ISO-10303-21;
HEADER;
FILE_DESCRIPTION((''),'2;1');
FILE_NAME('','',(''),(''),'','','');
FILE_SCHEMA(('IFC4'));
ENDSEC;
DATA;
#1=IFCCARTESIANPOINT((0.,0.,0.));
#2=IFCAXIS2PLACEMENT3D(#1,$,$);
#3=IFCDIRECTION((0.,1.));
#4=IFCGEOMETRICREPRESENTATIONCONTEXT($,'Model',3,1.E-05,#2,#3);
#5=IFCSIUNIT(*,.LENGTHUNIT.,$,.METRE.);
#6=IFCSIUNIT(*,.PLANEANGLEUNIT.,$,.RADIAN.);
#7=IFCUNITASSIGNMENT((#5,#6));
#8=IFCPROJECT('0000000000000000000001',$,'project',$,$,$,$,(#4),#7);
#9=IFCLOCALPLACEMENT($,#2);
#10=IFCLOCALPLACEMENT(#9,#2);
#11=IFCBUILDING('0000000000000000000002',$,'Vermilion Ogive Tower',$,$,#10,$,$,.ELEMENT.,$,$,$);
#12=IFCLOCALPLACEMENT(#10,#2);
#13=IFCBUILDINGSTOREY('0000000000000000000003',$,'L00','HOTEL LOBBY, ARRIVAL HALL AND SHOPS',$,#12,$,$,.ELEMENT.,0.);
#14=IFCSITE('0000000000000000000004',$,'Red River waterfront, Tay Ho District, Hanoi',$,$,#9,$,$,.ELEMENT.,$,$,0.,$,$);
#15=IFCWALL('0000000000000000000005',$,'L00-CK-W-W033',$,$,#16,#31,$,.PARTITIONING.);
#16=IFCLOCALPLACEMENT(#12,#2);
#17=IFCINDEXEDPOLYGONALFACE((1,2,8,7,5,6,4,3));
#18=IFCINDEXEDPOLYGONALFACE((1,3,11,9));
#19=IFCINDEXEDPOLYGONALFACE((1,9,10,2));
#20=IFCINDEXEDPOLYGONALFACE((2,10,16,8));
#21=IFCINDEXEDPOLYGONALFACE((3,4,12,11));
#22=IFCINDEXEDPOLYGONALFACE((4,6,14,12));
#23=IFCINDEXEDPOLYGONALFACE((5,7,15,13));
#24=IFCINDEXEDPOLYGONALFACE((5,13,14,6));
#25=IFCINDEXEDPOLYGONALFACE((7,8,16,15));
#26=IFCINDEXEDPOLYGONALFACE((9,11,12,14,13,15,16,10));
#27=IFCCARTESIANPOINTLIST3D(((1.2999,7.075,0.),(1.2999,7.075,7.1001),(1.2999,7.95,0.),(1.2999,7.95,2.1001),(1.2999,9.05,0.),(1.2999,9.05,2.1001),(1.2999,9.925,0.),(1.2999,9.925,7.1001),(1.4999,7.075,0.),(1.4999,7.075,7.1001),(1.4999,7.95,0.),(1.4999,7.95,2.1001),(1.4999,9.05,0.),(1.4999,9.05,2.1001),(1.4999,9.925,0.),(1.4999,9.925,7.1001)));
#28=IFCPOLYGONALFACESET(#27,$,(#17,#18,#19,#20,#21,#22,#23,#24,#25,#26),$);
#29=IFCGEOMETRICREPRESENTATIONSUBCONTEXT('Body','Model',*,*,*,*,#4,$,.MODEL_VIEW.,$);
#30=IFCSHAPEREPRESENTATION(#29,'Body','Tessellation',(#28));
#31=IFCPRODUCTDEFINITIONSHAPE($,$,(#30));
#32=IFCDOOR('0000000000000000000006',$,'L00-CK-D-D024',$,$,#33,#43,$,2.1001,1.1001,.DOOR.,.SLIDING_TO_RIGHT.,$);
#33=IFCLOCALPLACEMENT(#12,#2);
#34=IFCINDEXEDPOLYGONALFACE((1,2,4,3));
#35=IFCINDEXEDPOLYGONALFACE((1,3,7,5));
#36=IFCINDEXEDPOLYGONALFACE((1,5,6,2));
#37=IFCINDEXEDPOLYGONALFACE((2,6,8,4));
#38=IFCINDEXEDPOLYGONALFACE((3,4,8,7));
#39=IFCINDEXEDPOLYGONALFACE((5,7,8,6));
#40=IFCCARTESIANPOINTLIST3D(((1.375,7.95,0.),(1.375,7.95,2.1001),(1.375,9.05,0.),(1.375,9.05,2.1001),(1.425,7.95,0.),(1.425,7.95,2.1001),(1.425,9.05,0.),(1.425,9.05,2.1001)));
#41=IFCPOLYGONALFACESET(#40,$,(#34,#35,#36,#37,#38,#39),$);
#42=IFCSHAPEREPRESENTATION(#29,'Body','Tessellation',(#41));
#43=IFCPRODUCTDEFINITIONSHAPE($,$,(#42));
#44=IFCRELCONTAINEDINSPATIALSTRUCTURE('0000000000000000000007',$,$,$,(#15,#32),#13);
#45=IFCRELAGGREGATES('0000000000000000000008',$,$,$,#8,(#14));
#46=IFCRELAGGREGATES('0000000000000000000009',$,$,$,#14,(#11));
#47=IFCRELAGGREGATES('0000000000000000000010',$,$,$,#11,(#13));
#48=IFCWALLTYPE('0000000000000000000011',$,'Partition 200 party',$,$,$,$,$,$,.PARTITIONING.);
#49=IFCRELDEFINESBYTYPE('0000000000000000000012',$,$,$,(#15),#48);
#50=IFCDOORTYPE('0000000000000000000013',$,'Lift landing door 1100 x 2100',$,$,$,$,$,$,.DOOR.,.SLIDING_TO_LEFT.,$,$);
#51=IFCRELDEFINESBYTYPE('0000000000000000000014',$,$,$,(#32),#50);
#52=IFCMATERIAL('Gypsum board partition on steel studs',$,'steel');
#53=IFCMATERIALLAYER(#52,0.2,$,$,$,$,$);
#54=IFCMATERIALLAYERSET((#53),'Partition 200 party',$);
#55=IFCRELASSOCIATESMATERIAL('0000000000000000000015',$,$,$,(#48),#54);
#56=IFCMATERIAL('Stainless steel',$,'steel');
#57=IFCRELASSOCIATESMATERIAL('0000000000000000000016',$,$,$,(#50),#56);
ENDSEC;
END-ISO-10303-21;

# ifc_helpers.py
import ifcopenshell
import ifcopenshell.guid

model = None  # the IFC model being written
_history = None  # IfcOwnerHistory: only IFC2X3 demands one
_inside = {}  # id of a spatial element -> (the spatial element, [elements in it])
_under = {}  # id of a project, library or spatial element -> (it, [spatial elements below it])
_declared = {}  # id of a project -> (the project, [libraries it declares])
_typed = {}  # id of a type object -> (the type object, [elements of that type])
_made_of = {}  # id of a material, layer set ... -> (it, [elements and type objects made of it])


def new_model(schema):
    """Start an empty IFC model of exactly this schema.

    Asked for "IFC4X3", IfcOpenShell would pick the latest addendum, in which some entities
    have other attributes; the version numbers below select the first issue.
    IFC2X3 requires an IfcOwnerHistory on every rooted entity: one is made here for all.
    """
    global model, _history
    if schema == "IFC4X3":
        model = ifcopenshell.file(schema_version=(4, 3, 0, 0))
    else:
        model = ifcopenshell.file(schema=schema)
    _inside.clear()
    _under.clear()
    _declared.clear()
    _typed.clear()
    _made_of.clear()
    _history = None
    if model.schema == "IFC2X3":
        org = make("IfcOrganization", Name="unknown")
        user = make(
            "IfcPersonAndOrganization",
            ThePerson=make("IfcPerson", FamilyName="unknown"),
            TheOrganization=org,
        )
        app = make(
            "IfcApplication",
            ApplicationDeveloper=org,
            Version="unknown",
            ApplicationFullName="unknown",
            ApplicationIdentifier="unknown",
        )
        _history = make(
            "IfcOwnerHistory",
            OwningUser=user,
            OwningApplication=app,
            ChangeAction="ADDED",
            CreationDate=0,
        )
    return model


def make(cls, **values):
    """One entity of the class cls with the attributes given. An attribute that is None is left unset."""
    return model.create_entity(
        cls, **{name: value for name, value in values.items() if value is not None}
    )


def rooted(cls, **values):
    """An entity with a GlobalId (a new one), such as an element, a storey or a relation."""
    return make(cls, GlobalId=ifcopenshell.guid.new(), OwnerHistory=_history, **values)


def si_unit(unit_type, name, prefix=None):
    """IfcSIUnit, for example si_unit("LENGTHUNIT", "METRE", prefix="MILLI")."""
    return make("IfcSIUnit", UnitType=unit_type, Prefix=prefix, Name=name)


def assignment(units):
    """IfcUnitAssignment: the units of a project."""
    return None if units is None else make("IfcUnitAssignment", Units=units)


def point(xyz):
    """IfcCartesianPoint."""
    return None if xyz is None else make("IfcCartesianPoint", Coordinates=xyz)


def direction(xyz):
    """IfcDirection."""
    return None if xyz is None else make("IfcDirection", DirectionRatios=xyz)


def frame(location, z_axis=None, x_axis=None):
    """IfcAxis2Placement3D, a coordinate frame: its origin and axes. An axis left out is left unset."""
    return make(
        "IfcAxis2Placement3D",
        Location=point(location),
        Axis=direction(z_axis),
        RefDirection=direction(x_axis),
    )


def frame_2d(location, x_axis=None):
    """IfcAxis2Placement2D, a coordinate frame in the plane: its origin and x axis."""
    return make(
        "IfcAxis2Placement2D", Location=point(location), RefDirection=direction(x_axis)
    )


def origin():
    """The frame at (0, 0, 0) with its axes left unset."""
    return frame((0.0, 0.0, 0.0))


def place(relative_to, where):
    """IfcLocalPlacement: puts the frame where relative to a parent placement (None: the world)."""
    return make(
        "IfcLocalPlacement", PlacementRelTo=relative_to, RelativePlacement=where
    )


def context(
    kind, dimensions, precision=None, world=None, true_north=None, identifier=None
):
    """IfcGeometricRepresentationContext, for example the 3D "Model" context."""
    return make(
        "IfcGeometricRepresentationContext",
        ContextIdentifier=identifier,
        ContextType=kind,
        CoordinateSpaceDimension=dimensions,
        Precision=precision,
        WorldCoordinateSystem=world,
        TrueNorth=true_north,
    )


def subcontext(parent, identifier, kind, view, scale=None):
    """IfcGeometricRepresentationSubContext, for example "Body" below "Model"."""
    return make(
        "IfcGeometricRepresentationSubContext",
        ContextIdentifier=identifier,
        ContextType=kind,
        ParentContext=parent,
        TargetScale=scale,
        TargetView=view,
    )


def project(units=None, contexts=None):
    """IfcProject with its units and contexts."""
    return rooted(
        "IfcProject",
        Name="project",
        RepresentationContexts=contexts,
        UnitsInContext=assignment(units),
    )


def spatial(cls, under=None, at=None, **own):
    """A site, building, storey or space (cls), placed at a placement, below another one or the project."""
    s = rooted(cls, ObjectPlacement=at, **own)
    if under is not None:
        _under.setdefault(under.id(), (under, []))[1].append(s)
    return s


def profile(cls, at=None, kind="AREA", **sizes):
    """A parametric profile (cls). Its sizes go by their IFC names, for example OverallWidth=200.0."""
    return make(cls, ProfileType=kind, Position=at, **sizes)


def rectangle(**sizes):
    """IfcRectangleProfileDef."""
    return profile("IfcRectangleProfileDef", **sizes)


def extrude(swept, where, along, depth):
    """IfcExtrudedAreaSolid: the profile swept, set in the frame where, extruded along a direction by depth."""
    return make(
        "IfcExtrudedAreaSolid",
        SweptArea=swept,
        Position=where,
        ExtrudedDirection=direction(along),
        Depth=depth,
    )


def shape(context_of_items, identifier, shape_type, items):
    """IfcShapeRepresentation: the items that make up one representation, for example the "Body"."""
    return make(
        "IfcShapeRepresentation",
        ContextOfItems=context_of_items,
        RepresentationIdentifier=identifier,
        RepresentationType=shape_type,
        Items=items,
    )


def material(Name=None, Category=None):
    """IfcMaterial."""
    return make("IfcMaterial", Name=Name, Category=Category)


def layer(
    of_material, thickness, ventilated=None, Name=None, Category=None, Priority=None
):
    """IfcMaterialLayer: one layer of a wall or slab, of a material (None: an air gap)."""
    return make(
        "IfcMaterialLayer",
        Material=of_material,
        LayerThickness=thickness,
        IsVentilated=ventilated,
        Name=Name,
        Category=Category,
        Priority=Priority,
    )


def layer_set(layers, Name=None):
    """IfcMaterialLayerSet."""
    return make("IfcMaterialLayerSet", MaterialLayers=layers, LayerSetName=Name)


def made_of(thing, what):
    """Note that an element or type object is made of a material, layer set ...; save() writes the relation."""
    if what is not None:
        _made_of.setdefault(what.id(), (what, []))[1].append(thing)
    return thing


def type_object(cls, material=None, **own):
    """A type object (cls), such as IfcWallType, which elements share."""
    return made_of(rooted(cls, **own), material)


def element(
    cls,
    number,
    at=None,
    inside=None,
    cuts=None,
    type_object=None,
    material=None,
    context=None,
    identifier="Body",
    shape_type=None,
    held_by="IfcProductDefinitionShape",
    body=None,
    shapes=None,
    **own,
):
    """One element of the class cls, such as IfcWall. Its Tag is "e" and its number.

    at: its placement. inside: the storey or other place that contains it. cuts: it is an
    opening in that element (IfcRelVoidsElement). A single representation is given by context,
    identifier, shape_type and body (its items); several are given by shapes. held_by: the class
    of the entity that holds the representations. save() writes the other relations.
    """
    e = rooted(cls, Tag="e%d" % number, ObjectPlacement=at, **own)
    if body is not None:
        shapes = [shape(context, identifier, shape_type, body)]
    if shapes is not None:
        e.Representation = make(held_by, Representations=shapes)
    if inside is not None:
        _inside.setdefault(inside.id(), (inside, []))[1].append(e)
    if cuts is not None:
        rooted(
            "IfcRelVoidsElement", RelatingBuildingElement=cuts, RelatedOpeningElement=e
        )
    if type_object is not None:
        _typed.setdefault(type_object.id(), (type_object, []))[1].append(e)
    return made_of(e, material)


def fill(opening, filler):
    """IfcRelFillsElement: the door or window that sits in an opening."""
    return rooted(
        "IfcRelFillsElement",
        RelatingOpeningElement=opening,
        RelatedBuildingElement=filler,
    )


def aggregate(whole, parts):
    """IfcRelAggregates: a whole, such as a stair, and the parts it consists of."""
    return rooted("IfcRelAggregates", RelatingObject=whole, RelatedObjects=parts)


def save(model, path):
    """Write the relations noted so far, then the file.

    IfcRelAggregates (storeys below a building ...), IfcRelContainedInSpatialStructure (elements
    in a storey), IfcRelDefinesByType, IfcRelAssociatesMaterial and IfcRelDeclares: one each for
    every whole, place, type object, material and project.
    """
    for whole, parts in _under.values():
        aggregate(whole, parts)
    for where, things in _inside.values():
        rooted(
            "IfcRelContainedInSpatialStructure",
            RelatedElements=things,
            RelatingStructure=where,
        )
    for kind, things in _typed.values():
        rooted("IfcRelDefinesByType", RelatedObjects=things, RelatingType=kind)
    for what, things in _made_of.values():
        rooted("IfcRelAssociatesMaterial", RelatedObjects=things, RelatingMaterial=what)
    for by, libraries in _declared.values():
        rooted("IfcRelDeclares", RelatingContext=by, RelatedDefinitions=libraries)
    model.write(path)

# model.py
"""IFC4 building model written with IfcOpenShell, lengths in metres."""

from ifc_helpers import new_model, si_unit, direction, frame, frame_2d, origin, place, context, subcontext, project, spatial, rectangle, extrude, material, layer, layer_set, type_object, element, fill, save


model = new_model("IFC4")

# Units and contexts
model_context = context("Model", 3, precision=1e-05, world=origin(), true_north=direction((0.0, 1.0)))
body_context = subcontext(model_context, "Body", "Model", "MODEL_VIEW")
ifc_project = project(units=[si_unit("LENGTHUNIT", "METRE"), si_unit("PLANEANGLEUNIT", "RADIAN")], contexts=[model_context])

# Site, building, storey
site_placement = place(None, origin())
site = spatial("IfcSite", under=ifc_project, at=site_placement, Name="Red River waterfront, Tay Ho District, Hanoi", CompositionType="ELEMENT", RefElevation=0.0)
building_placement = place(site_placement, origin())
building = spatial("IfcBuilding", under=site, at=building_placement, Name="Vermilion Ogive Tower", CompositionType="ELEMENT")
storey_placement = place(building_placement, origin())
storey = spatial("IfcBuildingStorey", under=building, at=storey_placement, Name="L00", Description="HOTEL LOBBY, ARRIVAL HALL AND SHOPS", CompositionType="ELEMENT", Elevation=0.0)

# Shared definitions
ifc_material_1 = material(Name="Gypsum board partition on steel studs", Category="steel")
ifc_layer_1 = layer(ifc_material_1, 0.2)
ifc_layer_set_1 = layer_set([ifc_layer_1], Name="Partition 200 party")
wall_type_1 = type_object("IfcWallType", Name="Partition 200 party", PredefinedType="PARTITIONING", material=ifc_layer_set_1)

# Wall, opening, door
ifc_material_2 = material(Name="Stainless steel", Category="steel")
door_type = type_object("IfcDoorType", Name="Lift landing door 1100 x 2100", OperationType="SLIDING_TO_LEFT", PredefinedType="DOOR", material=ifc_material_2)
wall_1_placement = place(storey_placement, frame((1.3999, 7.075, 0.0), z_axis=(0.0, 0.0, 1.0), x_axis=(0.0, 1.0, 0.0)))
wall_1 = element("IfcWall", 1, at=wall_1_placement, inside=storey, type_object=wall_type_1, Name="L00-CK-W-W033", PredefinedType="PARTITIONING", context=body_context, shape_type="SweptSolid", body=[
    extrude(rectangle(XDim=2.8501, YDim=0.2, at=frame_2d((1.425, 0.0))), origin(), (0.0, 0.0, 1.0), 7.1001),
])
opening_1_placement = place(wall_1_placement, frame((0.875, 0.0, 0.0)))
opening_1 = element("IfcOpeningElement", 2, at=opening_1_placement, cuts=wall_1, PredefinedType="OPENING", context=body_context, shape_type="SweptSolid", body=[
    extrude(rectangle(XDim=1.1001, YDim=2.1001, at=frame_2d((0.55, 1.05))), frame((0.0, 0.1099, 0.0), z_axis=(0.0, -1.0, 0.0), x_axis=(1.0, 0.0, 0.0)), (0.0, 0.0, 1.0), 0.22),
])
door_1_placement = place(opening_1_placement, origin())
door_1 = element("IfcDoor", 3, at=door_1_placement, inside=storey, type_object=door_type, Name="L00-CK-D-D024", OperationType="SLIDING_TO_RIGHT", OverallHeight=2.1001, OverallWidth=1.1001, PredefinedType="DOOR", context=body_context, shape_type="SweptSolid", body=[
    extrude(rectangle(XDim=1.1001, YDim=2.1001, at=frame_2d((0.55, 1.05))), frame((0.0, 0.0249, 0.0), z_axis=(0.0, -1.0, 0.0), x_axis=(1.0, 0.0, 0.0)), (0.0, 0.0, 1.0), 0.05),
])
fill(opening_1, door_1)

save(model, "model.ifc")
